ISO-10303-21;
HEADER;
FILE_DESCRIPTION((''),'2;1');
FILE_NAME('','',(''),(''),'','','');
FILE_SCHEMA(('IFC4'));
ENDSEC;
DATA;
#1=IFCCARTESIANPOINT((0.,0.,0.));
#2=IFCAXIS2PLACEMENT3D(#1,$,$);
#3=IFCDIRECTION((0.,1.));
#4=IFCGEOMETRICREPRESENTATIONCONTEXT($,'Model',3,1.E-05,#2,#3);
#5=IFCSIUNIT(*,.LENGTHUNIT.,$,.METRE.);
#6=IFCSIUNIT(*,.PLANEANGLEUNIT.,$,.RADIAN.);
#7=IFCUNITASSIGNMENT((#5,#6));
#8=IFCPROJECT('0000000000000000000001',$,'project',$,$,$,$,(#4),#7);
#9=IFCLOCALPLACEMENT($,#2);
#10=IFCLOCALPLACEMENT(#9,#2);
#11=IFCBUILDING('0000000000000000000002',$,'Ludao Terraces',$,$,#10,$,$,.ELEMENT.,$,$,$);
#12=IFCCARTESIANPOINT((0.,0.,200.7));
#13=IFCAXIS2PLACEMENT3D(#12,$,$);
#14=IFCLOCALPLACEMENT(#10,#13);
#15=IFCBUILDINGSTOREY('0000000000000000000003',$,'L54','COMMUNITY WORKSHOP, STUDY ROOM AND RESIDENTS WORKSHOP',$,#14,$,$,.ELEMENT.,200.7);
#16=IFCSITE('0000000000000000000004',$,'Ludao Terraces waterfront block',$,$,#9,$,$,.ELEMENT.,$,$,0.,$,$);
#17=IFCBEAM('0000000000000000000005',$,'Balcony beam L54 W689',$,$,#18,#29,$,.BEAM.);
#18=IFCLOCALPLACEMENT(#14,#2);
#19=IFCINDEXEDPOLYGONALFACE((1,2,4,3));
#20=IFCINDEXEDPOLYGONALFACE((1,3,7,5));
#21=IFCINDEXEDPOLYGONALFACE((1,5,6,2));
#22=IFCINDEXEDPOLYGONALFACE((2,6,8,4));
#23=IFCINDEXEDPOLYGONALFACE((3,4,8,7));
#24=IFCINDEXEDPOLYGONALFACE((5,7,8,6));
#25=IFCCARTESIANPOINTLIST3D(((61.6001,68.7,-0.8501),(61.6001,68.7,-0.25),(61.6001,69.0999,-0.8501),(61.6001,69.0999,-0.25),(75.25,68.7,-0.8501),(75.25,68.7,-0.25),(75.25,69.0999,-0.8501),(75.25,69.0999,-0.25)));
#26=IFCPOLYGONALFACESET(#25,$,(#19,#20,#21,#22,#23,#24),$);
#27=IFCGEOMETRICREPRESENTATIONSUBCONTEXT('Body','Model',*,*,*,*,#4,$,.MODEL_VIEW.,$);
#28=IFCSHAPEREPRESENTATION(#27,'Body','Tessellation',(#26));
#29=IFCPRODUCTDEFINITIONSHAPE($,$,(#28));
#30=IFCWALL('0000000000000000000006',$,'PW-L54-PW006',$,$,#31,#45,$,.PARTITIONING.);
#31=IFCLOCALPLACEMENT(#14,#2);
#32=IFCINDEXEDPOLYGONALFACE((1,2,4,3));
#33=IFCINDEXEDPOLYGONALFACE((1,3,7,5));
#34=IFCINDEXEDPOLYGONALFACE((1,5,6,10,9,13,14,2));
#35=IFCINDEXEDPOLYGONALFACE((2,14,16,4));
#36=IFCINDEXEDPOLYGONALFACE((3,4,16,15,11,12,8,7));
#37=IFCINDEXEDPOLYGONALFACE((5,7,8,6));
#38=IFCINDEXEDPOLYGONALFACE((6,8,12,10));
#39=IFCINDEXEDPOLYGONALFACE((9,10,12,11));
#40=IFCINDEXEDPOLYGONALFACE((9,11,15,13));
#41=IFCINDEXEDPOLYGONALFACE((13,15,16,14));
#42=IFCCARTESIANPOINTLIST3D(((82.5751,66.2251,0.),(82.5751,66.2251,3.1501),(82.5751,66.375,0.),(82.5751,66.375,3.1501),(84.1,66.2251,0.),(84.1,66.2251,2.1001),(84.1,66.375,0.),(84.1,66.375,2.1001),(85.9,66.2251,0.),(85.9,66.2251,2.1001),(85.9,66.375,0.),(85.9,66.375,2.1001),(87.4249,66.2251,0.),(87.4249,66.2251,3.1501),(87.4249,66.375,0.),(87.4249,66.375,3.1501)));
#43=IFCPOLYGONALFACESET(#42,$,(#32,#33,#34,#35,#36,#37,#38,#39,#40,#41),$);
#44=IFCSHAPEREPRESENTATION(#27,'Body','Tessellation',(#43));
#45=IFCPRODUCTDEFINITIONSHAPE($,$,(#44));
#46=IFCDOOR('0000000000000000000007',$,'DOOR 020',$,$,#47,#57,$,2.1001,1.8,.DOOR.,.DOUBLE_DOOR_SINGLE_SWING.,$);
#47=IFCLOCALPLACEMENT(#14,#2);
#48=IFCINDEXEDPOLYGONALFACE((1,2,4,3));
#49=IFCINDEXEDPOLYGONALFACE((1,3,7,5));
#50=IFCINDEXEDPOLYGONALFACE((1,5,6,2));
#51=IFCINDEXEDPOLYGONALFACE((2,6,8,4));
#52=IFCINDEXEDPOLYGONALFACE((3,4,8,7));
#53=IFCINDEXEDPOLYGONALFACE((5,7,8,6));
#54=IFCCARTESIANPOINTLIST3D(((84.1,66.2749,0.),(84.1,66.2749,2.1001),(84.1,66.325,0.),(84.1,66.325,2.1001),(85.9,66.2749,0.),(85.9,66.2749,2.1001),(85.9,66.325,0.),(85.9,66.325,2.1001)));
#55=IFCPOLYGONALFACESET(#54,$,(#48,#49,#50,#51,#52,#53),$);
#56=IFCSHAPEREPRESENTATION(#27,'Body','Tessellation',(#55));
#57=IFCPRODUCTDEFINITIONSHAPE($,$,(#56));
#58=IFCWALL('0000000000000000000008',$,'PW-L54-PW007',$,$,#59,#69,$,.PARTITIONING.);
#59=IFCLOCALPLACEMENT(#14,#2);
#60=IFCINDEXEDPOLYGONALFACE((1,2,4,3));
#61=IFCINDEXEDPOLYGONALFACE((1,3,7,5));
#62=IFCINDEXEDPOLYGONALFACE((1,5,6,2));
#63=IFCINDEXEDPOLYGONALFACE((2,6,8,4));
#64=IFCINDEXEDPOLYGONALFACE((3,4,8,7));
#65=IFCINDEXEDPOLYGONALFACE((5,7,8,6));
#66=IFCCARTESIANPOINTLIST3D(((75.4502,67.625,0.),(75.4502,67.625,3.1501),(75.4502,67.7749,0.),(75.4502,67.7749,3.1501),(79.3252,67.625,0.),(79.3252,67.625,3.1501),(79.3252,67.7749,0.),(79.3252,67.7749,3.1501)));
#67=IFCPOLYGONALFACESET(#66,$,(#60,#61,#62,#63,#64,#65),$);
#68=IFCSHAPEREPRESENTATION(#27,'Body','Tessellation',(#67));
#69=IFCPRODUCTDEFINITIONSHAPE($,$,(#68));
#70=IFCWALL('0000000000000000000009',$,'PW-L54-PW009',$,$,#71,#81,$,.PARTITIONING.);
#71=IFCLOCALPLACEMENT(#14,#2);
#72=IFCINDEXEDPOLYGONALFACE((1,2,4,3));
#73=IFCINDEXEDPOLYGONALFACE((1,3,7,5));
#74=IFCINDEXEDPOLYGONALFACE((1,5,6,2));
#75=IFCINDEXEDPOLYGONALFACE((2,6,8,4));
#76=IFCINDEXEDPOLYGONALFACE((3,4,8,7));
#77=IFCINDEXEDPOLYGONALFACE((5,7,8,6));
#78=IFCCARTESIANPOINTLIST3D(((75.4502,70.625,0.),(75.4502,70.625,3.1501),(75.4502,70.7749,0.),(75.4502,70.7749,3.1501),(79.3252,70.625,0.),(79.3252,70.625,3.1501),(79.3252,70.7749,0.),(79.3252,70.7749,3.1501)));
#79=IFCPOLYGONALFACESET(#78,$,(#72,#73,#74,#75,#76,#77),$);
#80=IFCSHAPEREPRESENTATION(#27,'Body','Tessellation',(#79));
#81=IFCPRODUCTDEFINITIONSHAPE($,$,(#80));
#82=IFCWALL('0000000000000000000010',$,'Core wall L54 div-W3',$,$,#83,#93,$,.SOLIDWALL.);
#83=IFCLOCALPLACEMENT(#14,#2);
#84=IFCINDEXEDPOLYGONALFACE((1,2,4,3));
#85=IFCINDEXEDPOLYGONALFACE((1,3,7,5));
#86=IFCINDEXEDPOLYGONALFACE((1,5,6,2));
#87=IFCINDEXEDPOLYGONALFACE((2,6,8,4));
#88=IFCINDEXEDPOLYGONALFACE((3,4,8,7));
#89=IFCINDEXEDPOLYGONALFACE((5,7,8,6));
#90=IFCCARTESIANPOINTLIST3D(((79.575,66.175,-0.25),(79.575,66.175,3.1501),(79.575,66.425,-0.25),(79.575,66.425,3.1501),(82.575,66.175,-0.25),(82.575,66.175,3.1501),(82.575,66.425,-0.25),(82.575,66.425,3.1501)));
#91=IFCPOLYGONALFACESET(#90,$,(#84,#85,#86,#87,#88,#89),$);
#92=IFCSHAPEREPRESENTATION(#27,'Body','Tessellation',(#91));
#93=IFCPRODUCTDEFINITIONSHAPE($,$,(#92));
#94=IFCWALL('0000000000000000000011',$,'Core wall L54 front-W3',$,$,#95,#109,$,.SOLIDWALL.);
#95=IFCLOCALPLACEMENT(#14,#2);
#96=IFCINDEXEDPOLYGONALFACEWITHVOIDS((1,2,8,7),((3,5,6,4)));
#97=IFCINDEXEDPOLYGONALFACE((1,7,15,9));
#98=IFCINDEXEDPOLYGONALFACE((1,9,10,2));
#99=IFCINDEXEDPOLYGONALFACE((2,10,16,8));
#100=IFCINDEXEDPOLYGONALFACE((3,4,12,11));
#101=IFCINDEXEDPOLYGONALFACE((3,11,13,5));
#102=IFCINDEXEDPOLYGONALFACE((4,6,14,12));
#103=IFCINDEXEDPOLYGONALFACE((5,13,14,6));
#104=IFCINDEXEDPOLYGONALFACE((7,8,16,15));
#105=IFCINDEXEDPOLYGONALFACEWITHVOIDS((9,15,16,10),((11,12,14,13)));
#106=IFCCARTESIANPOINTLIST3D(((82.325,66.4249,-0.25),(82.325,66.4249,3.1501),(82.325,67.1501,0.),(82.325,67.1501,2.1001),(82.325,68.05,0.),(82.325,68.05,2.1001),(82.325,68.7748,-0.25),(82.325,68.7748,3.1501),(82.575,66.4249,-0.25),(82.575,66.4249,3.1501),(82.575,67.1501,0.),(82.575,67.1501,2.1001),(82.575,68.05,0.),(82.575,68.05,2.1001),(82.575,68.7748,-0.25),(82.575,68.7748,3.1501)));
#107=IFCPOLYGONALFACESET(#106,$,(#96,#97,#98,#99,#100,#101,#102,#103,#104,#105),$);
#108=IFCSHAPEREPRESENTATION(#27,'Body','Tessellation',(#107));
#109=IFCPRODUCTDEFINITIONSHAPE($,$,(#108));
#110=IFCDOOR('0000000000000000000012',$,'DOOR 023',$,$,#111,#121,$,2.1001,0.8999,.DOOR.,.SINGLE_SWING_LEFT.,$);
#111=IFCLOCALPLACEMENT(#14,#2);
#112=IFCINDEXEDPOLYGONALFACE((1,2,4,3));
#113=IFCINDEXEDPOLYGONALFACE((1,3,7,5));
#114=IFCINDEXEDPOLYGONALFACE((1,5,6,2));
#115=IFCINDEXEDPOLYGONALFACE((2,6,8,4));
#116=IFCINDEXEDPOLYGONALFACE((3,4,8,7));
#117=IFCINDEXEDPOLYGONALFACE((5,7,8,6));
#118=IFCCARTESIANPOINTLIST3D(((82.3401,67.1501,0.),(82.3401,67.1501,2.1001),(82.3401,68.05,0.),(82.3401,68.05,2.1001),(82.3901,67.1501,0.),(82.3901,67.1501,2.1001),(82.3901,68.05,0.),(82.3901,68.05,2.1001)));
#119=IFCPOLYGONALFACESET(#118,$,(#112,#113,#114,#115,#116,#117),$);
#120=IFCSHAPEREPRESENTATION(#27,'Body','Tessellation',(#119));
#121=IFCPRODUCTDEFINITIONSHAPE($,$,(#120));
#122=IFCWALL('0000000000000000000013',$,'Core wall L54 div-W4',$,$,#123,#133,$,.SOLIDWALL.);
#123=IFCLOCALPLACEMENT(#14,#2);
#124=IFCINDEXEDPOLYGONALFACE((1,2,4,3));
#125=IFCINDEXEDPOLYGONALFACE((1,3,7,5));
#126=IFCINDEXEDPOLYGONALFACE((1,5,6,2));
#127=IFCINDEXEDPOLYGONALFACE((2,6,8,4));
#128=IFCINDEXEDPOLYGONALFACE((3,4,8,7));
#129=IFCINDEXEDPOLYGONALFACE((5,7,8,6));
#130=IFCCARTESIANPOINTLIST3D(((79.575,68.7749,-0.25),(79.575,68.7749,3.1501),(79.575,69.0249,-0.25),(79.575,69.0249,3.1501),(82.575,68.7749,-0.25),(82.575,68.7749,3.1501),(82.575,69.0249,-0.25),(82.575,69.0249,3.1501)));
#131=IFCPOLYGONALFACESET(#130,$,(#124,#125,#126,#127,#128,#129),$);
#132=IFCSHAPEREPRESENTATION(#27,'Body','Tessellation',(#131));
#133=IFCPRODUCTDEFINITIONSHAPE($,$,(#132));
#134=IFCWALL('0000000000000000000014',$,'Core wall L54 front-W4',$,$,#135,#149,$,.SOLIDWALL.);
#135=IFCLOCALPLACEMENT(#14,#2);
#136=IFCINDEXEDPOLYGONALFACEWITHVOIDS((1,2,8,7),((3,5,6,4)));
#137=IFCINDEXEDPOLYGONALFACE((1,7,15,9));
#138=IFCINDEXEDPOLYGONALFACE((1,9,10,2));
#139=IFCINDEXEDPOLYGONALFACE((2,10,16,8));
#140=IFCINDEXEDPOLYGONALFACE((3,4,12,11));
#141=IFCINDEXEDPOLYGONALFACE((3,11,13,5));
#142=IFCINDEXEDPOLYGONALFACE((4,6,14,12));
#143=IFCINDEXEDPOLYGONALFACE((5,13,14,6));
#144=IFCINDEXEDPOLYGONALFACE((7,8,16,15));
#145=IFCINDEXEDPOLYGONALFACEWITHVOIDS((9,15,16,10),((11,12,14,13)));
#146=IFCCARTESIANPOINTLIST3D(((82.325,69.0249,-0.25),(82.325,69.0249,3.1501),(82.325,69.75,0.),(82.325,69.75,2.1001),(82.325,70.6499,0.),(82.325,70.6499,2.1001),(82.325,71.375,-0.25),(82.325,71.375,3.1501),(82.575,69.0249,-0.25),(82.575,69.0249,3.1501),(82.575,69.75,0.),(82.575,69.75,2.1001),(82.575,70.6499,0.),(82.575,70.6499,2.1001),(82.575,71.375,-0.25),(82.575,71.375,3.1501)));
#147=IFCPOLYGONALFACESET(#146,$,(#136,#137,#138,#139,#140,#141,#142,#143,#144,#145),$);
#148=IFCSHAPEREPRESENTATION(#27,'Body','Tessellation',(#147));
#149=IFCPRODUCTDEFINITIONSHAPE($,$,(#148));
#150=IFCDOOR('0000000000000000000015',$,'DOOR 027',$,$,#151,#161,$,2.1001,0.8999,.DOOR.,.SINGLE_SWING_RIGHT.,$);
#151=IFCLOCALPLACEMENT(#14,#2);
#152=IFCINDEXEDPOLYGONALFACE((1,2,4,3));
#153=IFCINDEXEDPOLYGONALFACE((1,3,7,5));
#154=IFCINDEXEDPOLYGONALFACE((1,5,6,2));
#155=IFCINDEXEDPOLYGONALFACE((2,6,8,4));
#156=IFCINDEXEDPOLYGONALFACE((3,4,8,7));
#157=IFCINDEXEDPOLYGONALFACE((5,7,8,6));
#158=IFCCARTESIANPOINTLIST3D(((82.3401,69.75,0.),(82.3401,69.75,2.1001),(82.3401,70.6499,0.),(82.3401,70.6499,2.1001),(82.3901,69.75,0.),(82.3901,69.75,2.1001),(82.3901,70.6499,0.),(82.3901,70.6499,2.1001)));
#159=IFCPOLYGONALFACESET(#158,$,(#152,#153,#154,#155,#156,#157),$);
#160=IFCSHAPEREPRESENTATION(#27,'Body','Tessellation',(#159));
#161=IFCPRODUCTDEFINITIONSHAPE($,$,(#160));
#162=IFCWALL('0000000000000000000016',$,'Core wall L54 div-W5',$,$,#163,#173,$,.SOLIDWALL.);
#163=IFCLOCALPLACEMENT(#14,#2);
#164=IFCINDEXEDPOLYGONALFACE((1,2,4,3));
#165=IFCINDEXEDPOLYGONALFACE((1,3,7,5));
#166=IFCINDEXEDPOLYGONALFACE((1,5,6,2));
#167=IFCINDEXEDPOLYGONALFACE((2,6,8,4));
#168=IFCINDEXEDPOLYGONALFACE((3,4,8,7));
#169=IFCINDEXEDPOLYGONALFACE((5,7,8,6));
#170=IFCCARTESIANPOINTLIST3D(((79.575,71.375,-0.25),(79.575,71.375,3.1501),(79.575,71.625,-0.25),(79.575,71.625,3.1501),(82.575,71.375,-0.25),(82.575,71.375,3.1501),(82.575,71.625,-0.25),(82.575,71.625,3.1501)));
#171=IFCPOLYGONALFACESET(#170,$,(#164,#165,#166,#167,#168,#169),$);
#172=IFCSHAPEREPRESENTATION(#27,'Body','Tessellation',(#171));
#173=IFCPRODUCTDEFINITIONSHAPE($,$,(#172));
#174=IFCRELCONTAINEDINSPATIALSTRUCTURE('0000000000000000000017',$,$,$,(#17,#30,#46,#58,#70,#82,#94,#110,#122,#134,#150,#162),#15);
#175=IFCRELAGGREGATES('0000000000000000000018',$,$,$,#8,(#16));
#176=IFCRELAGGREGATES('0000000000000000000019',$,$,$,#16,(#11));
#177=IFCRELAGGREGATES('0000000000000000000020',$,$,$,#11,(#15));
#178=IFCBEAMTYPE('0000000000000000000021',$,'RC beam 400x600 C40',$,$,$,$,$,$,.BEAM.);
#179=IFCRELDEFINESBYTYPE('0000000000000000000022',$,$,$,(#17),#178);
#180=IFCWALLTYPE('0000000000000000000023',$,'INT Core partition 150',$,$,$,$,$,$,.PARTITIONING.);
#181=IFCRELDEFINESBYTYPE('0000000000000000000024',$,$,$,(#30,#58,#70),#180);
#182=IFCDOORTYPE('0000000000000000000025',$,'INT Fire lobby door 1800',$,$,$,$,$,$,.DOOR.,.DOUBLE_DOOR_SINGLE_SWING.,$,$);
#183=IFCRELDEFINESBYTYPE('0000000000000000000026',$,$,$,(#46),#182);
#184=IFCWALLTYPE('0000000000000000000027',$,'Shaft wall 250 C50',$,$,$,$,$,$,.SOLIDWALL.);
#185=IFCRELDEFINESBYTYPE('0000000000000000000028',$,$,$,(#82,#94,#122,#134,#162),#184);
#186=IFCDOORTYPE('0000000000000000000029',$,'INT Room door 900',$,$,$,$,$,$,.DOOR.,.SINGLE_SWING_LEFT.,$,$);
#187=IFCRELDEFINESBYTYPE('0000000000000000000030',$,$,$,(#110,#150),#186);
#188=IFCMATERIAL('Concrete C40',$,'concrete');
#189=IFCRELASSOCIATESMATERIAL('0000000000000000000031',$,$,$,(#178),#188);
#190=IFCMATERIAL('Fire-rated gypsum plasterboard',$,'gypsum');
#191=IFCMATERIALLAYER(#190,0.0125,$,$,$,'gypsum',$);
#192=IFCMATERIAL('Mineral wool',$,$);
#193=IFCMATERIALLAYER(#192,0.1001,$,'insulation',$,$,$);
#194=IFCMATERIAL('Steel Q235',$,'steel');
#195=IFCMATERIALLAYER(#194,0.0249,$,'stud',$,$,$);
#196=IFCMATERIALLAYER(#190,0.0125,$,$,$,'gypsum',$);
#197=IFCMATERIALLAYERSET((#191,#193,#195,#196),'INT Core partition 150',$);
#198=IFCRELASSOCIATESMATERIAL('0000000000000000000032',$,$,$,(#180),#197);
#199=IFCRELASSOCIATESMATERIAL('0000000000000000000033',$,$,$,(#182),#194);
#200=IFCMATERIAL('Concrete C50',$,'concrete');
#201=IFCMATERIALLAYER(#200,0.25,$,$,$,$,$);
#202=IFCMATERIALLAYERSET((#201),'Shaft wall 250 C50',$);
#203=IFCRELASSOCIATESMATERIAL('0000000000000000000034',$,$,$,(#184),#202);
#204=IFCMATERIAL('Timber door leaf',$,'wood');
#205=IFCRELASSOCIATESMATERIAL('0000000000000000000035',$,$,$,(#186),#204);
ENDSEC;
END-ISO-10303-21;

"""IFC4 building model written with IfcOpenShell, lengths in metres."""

from ifc_helpers import new_model, si_unit, direction, frame, frame_2d, origin, origin_2d, place, context, subcontext, project, spatial, rectangle, extrude, material, layer, layer_set, material_profile, profile_set, type_object, element, fill, save


model = new_model("IFC4")

# Units and contexts
model_context = context("Model", 3, precision=1e-05, world=origin(), true_north=direction((0.0, 1.0)))
body_context = subcontext(model_context, "Body", "Model", "MODEL_VIEW")
ifc_project = project(units=[si_unit("LENGTHUNIT", "METRE"), si_unit("PLANEANGLEUNIT", "RADIAN")], contexts=[model_context])

# Site, building, storey
site_placement = place(None, origin())
site = spatial("IfcSite", under=ifc_project, at=site_placement, Name="Ludao Terraces waterfront block", CompositionType="ELEMENT", RefElevation=0.0)
building_placement = place(site_placement, origin())
building = spatial("IfcBuilding", under=site, at=building_placement, Name="Ludao Terraces", CompositionType="ELEMENT")
storey_placement = place(building_placement, frame((0.0, 0.0, 200.7)))
storey = spatial("IfcBuildingStorey", under=building, at=storey_placement, Name="L54", Description="COMMUNITY WORKSHOP, STUDY ROOM AND RESIDENTS WORKSHOP", CompositionType="ELEMENT", Elevation=200.7)

# Beam
ifc_material_1 = material(Name="Concrete C40", Category="concrete")
ifc_material_profile = material_profile(ifc_material_1, rectangle(XDim=0.3999, YDim=0.6001, at=origin_2d()), Name="400 X 600")
ifc_profile_set = profile_set([ifc_material_profile], Name="Concrete C40")
beam_type = type_object("IfcBeamType", Name="RC beam 400x600 C40", PredefinedType="BEAM", material=ifc_profile_set)
beam_placement = place(storey_placement, frame((75.25, 68.8999, -0.55), z_axis=(-1.0, 0.0, 0.0), x_axis=(0.0, -1.0, 0.0)))
element("IfcBeam", 1, at=beam_placement, inside=storey, type_object=beam_type, Name="Balcony beam L54 W689", PredefinedType="BEAM", context=body_context, shape_type="SweptSolid", body=[
    extrude(rectangle(XDim=0.3999, YDim=0.6001, at=origin_2d()), origin(), (0.0, 0.0, 1.0), 13.6499),
])

# Wall, opening, door
ifc_material_2 = material(Name="Fire-rated gypsum plasterboard", Category="gypsum")
ifc_layer_1 = layer(ifc_material_2, 0.0125, Category="gypsum")
ifc_material_3 = material(Name="Mineral wool")
ifc_layer_2 = layer(ifc_material_3, 0.1001, Name="insulation")
ifc_material_4 = material(Name="Steel Q235", Category="steel")
ifc_layer_3 = layer(ifc_material_4, 0.0249, Name="stud")
ifc_layer_4 = layer(ifc_material_2, 0.0125, Category="gypsum")
ifc_layer_set_1 = layer_set([ifc_layer_1, ifc_layer_2, ifc_layer_3, ifc_layer_4], Name="INT Core partition 150")
wall_type_1 = type_object("IfcWallType", Name="INT Core partition 150", PredefinedType="PARTITIONING", material=ifc_layer_set_1)
wall_1_placement = place(storey_placement, frame((82.5752, 66.3, 0.0), z_axis=(0.0, 0.0, 1.0), x_axis=(1.0, 0.0, 0.0)))
wall_1 = element("IfcWall", 2, at=wall_1_placement, inside=storey, type_object=wall_type_1, Name="PW-L54-PW006", PredefinedType="PARTITIONING", context=body_context, shape_type="SweptSolid", body=[
    extrude(rectangle(XDim=4.8499, YDim=0.1499, at=frame_2d((2.4248, 0.0))), origin(), (0.0, 0.0, 1.0), 3.1501),
])
opening_1_placement = place(wall_1_placement, frame((1.5249, 0.0, 0.0)))
opening_1 = element("IfcOpeningElement", 3, at=opening_1_placement, cuts=wall_1, PredefinedType="OPENING", context=body_context, shape_type="SweptSolid", body=[
    extrude(rectangle(XDim=1.8, YDim=2.1001, at=frame_2d((0.8999, 1.05))), frame((0.0, 0.085, 0.0), z_axis=(0.0, -1.0, 0.0), x_axis=(1.0, 0.0, 0.0)), (0.0, 0.0, 1.0), 0.1699),
])
door_type_1 = type_object("IfcDoorType", Name="INT Fire lobby door 1800", OperationType="DOUBLE_DOOR_SINGLE_SWING", PredefinedType="DOOR", material=ifc_material_4)
door_1_placement = place(opening_1_placement, origin())
door_1 = element("IfcDoor", 4, at=door_1_placement, inside=storey, type_object=door_type_1, Name="DOOR 020", OperationType="DOUBLE_DOOR_SINGLE_SWING", OverallHeight=2.1001, OverallWidth=1.8, PredefinedType="DOOR", context=body_context, shape_type="SweptSolid", body=[
    extrude(rectangle(XDim=1.8, YDim=2.1001, at=frame_2d((0.8999, 1.05))), frame((0.0, 0.0249, 0.0), z_axis=(0.0, -1.0, 0.0), x_axis=(1.0, 0.0, 0.0)), (0.0, 0.0, 1.0), 0.05),
])
fill(opening_1, door_1)

# Walls
for number, where, z_axis, x_axis, name in (
    (5, (75.4502, 67.7, 0.0), (0.0, 0.0, 1.0), (1.0, 0.0, 0.0), "PW-L54-PW007"),
    (6, (75.4502, 70.7, 0.0), (0.0, 0.0, 1.0), (1.0, 0.0, 0.0), "PW-L54-PW009"),
):
    element("IfcWall", number, at=place(storey_placement, frame(where, z_axis=z_axis, x_axis=x_axis)), inside=storey, type_object=wall_type_1, Name=name, PredefinedType="PARTITIONING", context=body_context, shape_type="SweptSolid", body=[
        extrude(rectangle(XDim=3.875, YDim=0.1499, at=frame_2d((1.9375, 0.0))), origin(), (0.0, 0.0, 1.0), 3.1501),
    ])
ifc_material_5 = material(Name="Concrete C50", Category="concrete")
ifc_layer_5 = layer(ifc_material_5, 0.25)
ifc_layer_set_2 = layer_set([ifc_layer_5], Name="Shaft wall 250 C50")
wall_type_2 = type_object("IfcWallType", Name="Shaft wall 250 C50", PredefinedType="SOLIDWALL", material=ifc_layer_set_2)
wall_2_placement = place(storey_placement, frame((79.575, 66.3, -0.25), z_axis=(0.0, 0.0, 1.0), x_axis=(1.0, 0.0, 0.0)))
element("IfcWall", 7, at=wall_2_placement, inside=storey, type_object=wall_type_2, Name="Core wall L54 div-W3", PredefinedType="SOLIDWALL", context=body_context, shape_type="SweptSolid", body=[
    extrude(rectangle(XDim=3.0, YDim=0.25, at=frame_2d((1.5, 0.0))), origin(), (0.0, 0.0, 1.0), 3.4001),
])

# Wall, opening, door
wall_3_placement = place(storey_placement, frame((82.45, 66.425, -0.25), z_axis=(0.0, 0.0, 1.0), x_axis=(0.0, 1.0, 0.0)))
wall_3 = element("IfcWall", 8, at=wall_3_placement, inside=storey, type_object=wall_type_2, Name="Core wall L54 front-W3", PredefinedType="SOLIDWALL", context=body_context, shape_type="SweptSolid", body=[
    extrude(rectangle(XDim=2.3499, YDim=0.25, at=frame_2d((1.1748, 0.0))), origin(), (0.0, 0.0, 1.0), 3.4001),
])
opening_2_placement = place(wall_3_placement, frame((0.7251, 0.0, 0.25)))
opening_2 = element("IfcOpeningElement", 9, at=opening_2_placement, cuts=wall_3, PredefinedType="OPENING", context=body_context, shape_type="SweptSolid", body=[
    extrude(rectangle(XDim=0.8999, YDim=2.1001, at=frame_2d((0.45, 1.05))), frame((0.0, 0.135, 0.0), z_axis=(0.0, -1.0, 0.0), x_axis=(1.0, 0.0, 0.0)), (0.0, 0.0, 1.0), 0.27),
])
ifc_material_6 = material(Name="Timber door leaf", Category="wood")
door_type_2 = type_object("IfcDoorType", Name="INT Room door 900", OperationType="SINGLE_SWING_LEFT", PredefinedType="DOOR", material=ifc_material_6)
door_2_placement = place(opening_2_placement, origin())
door_2 = element("IfcDoor", 10, at=door_2_placement, inside=storey, type_object=door_type_2, Name="DOOR 023", OperationType="SINGLE_SWING_LEFT", OverallHeight=2.1001, OverallWidth=0.8999, PredefinedType="DOOR", context=body_context, shape_type="SweptSolid", body=[
    extrude(rectangle(XDim=0.8999, YDim=2.1001, at=frame_2d((0.45, 1.05))), frame((0.0, 0.1099, 0.0), z_axis=(0.0, -1.0, 0.0), x_axis=(1.0, 0.0, 0.0)), (0.0, 0.0, 1.0), 0.05),
])
fill(opening_2, door_2)

# Wall
wall_4_placement = place(storey_placement, frame((79.575, 68.8999, -0.25), z_axis=(0.0, 0.0, 1.0), x_axis=(1.0, 0.0, 0.0)))
element("IfcWall", 11, at=wall_4_placement, inside=storey, type_object=wall_type_2, Name="Core wall L54 div-W4", PredefinedType="SOLIDWALL", context=body_context, shape_type="SweptSolid", body=[
    extrude(rectangle(XDim=3.0, YDim=0.25, at=frame_2d((1.5, 0.0))), origin(), (0.0, 0.0, 1.0), 3.4001),
])

# Wall, opening, door
wall_5_placement = place(storey_placement, frame((82.45, 69.0249, -0.25), z_axis=(0.0, 0.0, 1.0), x_axis=(0.0, 1.0, 0.0)))
wall_5 = element("IfcWall", 12, at=wall_5_placement, inside=storey, type_object=wall_type_2, Name="Core wall L54 front-W4", PredefinedType="SOLIDWALL", context=body_context, shape_type="SweptSolid", body=[
    extrude(rectangle(XDim=2.3501, YDim=0.25, at=frame_2d((1.175, 0.0))), origin(), (0.0, 0.0, 1.0), 3.4001),
])
opening_3_placement = place(wall_5_placement, frame((0.7251, 0.0, 0.25)))
opening_3 = element("IfcOpeningElement", 13, at=opening_3_placement, cuts=wall_5, PredefinedType="OPENING", context=body_context, shape_type="SweptSolid", body=[
    extrude(rectangle(XDim=0.8999, YDim=2.1001, at=frame_2d((0.45, 1.05))), frame((0.0, 0.135, 0.0), z_axis=(0.0, -1.0, 0.0), x_axis=(1.0, 0.0, 0.0)), (0.0, 0.0, 1.0), 0.27),
])
door_3_placement = place(opening_3_placement, origin())
door_3 = element("IfcDoor", 14, at=door_3_placement, inside=storey, type_object=door_type_2, Name="DOOR 027", OperationType="SINGLE_SWING_RIGHT", OverallHeight=2.1001, OverallWidth=0.8999, PredefinedType="DOOR", context=body_context, shape_type="SweptSolid", body=[
    extrude(rectangle(XDim=0.8999, YDim=2.1001, at=frame_2d((0.45, 1.05))), frame((0.0, 0.1099, 0.0), z_axis=(0.0, -1.0, 0.0), x_axis=(1.0, 0.0, 0.0)), (0.0, 0.0, 1.0), 0.05),
])
fill(opening_3, door_3)

# Wall
wall_6_placement = place(storey_placement, frame((79.575, 71.5, -0.25), z_axis=(0.0, 0.0, 1.0), x_axis=(1.0, 0.0, 0.0)))
element("IfcWall", 15, at=wall_6_placement, inside=storey, type_object=wall_type_2, Name="Core wall L54 div-W5", PredefinedType="SOLIDWALL", context=body_context, shape_type="SweptSolid", body=[
    extrude(rectangle(XDim=3.0, YDim=0.25, at=frame_2d((1.5, 0.0))), origin(), (0.0, 0.0, 1.0), 3.4001),
])

save(model, "model.ifc")
